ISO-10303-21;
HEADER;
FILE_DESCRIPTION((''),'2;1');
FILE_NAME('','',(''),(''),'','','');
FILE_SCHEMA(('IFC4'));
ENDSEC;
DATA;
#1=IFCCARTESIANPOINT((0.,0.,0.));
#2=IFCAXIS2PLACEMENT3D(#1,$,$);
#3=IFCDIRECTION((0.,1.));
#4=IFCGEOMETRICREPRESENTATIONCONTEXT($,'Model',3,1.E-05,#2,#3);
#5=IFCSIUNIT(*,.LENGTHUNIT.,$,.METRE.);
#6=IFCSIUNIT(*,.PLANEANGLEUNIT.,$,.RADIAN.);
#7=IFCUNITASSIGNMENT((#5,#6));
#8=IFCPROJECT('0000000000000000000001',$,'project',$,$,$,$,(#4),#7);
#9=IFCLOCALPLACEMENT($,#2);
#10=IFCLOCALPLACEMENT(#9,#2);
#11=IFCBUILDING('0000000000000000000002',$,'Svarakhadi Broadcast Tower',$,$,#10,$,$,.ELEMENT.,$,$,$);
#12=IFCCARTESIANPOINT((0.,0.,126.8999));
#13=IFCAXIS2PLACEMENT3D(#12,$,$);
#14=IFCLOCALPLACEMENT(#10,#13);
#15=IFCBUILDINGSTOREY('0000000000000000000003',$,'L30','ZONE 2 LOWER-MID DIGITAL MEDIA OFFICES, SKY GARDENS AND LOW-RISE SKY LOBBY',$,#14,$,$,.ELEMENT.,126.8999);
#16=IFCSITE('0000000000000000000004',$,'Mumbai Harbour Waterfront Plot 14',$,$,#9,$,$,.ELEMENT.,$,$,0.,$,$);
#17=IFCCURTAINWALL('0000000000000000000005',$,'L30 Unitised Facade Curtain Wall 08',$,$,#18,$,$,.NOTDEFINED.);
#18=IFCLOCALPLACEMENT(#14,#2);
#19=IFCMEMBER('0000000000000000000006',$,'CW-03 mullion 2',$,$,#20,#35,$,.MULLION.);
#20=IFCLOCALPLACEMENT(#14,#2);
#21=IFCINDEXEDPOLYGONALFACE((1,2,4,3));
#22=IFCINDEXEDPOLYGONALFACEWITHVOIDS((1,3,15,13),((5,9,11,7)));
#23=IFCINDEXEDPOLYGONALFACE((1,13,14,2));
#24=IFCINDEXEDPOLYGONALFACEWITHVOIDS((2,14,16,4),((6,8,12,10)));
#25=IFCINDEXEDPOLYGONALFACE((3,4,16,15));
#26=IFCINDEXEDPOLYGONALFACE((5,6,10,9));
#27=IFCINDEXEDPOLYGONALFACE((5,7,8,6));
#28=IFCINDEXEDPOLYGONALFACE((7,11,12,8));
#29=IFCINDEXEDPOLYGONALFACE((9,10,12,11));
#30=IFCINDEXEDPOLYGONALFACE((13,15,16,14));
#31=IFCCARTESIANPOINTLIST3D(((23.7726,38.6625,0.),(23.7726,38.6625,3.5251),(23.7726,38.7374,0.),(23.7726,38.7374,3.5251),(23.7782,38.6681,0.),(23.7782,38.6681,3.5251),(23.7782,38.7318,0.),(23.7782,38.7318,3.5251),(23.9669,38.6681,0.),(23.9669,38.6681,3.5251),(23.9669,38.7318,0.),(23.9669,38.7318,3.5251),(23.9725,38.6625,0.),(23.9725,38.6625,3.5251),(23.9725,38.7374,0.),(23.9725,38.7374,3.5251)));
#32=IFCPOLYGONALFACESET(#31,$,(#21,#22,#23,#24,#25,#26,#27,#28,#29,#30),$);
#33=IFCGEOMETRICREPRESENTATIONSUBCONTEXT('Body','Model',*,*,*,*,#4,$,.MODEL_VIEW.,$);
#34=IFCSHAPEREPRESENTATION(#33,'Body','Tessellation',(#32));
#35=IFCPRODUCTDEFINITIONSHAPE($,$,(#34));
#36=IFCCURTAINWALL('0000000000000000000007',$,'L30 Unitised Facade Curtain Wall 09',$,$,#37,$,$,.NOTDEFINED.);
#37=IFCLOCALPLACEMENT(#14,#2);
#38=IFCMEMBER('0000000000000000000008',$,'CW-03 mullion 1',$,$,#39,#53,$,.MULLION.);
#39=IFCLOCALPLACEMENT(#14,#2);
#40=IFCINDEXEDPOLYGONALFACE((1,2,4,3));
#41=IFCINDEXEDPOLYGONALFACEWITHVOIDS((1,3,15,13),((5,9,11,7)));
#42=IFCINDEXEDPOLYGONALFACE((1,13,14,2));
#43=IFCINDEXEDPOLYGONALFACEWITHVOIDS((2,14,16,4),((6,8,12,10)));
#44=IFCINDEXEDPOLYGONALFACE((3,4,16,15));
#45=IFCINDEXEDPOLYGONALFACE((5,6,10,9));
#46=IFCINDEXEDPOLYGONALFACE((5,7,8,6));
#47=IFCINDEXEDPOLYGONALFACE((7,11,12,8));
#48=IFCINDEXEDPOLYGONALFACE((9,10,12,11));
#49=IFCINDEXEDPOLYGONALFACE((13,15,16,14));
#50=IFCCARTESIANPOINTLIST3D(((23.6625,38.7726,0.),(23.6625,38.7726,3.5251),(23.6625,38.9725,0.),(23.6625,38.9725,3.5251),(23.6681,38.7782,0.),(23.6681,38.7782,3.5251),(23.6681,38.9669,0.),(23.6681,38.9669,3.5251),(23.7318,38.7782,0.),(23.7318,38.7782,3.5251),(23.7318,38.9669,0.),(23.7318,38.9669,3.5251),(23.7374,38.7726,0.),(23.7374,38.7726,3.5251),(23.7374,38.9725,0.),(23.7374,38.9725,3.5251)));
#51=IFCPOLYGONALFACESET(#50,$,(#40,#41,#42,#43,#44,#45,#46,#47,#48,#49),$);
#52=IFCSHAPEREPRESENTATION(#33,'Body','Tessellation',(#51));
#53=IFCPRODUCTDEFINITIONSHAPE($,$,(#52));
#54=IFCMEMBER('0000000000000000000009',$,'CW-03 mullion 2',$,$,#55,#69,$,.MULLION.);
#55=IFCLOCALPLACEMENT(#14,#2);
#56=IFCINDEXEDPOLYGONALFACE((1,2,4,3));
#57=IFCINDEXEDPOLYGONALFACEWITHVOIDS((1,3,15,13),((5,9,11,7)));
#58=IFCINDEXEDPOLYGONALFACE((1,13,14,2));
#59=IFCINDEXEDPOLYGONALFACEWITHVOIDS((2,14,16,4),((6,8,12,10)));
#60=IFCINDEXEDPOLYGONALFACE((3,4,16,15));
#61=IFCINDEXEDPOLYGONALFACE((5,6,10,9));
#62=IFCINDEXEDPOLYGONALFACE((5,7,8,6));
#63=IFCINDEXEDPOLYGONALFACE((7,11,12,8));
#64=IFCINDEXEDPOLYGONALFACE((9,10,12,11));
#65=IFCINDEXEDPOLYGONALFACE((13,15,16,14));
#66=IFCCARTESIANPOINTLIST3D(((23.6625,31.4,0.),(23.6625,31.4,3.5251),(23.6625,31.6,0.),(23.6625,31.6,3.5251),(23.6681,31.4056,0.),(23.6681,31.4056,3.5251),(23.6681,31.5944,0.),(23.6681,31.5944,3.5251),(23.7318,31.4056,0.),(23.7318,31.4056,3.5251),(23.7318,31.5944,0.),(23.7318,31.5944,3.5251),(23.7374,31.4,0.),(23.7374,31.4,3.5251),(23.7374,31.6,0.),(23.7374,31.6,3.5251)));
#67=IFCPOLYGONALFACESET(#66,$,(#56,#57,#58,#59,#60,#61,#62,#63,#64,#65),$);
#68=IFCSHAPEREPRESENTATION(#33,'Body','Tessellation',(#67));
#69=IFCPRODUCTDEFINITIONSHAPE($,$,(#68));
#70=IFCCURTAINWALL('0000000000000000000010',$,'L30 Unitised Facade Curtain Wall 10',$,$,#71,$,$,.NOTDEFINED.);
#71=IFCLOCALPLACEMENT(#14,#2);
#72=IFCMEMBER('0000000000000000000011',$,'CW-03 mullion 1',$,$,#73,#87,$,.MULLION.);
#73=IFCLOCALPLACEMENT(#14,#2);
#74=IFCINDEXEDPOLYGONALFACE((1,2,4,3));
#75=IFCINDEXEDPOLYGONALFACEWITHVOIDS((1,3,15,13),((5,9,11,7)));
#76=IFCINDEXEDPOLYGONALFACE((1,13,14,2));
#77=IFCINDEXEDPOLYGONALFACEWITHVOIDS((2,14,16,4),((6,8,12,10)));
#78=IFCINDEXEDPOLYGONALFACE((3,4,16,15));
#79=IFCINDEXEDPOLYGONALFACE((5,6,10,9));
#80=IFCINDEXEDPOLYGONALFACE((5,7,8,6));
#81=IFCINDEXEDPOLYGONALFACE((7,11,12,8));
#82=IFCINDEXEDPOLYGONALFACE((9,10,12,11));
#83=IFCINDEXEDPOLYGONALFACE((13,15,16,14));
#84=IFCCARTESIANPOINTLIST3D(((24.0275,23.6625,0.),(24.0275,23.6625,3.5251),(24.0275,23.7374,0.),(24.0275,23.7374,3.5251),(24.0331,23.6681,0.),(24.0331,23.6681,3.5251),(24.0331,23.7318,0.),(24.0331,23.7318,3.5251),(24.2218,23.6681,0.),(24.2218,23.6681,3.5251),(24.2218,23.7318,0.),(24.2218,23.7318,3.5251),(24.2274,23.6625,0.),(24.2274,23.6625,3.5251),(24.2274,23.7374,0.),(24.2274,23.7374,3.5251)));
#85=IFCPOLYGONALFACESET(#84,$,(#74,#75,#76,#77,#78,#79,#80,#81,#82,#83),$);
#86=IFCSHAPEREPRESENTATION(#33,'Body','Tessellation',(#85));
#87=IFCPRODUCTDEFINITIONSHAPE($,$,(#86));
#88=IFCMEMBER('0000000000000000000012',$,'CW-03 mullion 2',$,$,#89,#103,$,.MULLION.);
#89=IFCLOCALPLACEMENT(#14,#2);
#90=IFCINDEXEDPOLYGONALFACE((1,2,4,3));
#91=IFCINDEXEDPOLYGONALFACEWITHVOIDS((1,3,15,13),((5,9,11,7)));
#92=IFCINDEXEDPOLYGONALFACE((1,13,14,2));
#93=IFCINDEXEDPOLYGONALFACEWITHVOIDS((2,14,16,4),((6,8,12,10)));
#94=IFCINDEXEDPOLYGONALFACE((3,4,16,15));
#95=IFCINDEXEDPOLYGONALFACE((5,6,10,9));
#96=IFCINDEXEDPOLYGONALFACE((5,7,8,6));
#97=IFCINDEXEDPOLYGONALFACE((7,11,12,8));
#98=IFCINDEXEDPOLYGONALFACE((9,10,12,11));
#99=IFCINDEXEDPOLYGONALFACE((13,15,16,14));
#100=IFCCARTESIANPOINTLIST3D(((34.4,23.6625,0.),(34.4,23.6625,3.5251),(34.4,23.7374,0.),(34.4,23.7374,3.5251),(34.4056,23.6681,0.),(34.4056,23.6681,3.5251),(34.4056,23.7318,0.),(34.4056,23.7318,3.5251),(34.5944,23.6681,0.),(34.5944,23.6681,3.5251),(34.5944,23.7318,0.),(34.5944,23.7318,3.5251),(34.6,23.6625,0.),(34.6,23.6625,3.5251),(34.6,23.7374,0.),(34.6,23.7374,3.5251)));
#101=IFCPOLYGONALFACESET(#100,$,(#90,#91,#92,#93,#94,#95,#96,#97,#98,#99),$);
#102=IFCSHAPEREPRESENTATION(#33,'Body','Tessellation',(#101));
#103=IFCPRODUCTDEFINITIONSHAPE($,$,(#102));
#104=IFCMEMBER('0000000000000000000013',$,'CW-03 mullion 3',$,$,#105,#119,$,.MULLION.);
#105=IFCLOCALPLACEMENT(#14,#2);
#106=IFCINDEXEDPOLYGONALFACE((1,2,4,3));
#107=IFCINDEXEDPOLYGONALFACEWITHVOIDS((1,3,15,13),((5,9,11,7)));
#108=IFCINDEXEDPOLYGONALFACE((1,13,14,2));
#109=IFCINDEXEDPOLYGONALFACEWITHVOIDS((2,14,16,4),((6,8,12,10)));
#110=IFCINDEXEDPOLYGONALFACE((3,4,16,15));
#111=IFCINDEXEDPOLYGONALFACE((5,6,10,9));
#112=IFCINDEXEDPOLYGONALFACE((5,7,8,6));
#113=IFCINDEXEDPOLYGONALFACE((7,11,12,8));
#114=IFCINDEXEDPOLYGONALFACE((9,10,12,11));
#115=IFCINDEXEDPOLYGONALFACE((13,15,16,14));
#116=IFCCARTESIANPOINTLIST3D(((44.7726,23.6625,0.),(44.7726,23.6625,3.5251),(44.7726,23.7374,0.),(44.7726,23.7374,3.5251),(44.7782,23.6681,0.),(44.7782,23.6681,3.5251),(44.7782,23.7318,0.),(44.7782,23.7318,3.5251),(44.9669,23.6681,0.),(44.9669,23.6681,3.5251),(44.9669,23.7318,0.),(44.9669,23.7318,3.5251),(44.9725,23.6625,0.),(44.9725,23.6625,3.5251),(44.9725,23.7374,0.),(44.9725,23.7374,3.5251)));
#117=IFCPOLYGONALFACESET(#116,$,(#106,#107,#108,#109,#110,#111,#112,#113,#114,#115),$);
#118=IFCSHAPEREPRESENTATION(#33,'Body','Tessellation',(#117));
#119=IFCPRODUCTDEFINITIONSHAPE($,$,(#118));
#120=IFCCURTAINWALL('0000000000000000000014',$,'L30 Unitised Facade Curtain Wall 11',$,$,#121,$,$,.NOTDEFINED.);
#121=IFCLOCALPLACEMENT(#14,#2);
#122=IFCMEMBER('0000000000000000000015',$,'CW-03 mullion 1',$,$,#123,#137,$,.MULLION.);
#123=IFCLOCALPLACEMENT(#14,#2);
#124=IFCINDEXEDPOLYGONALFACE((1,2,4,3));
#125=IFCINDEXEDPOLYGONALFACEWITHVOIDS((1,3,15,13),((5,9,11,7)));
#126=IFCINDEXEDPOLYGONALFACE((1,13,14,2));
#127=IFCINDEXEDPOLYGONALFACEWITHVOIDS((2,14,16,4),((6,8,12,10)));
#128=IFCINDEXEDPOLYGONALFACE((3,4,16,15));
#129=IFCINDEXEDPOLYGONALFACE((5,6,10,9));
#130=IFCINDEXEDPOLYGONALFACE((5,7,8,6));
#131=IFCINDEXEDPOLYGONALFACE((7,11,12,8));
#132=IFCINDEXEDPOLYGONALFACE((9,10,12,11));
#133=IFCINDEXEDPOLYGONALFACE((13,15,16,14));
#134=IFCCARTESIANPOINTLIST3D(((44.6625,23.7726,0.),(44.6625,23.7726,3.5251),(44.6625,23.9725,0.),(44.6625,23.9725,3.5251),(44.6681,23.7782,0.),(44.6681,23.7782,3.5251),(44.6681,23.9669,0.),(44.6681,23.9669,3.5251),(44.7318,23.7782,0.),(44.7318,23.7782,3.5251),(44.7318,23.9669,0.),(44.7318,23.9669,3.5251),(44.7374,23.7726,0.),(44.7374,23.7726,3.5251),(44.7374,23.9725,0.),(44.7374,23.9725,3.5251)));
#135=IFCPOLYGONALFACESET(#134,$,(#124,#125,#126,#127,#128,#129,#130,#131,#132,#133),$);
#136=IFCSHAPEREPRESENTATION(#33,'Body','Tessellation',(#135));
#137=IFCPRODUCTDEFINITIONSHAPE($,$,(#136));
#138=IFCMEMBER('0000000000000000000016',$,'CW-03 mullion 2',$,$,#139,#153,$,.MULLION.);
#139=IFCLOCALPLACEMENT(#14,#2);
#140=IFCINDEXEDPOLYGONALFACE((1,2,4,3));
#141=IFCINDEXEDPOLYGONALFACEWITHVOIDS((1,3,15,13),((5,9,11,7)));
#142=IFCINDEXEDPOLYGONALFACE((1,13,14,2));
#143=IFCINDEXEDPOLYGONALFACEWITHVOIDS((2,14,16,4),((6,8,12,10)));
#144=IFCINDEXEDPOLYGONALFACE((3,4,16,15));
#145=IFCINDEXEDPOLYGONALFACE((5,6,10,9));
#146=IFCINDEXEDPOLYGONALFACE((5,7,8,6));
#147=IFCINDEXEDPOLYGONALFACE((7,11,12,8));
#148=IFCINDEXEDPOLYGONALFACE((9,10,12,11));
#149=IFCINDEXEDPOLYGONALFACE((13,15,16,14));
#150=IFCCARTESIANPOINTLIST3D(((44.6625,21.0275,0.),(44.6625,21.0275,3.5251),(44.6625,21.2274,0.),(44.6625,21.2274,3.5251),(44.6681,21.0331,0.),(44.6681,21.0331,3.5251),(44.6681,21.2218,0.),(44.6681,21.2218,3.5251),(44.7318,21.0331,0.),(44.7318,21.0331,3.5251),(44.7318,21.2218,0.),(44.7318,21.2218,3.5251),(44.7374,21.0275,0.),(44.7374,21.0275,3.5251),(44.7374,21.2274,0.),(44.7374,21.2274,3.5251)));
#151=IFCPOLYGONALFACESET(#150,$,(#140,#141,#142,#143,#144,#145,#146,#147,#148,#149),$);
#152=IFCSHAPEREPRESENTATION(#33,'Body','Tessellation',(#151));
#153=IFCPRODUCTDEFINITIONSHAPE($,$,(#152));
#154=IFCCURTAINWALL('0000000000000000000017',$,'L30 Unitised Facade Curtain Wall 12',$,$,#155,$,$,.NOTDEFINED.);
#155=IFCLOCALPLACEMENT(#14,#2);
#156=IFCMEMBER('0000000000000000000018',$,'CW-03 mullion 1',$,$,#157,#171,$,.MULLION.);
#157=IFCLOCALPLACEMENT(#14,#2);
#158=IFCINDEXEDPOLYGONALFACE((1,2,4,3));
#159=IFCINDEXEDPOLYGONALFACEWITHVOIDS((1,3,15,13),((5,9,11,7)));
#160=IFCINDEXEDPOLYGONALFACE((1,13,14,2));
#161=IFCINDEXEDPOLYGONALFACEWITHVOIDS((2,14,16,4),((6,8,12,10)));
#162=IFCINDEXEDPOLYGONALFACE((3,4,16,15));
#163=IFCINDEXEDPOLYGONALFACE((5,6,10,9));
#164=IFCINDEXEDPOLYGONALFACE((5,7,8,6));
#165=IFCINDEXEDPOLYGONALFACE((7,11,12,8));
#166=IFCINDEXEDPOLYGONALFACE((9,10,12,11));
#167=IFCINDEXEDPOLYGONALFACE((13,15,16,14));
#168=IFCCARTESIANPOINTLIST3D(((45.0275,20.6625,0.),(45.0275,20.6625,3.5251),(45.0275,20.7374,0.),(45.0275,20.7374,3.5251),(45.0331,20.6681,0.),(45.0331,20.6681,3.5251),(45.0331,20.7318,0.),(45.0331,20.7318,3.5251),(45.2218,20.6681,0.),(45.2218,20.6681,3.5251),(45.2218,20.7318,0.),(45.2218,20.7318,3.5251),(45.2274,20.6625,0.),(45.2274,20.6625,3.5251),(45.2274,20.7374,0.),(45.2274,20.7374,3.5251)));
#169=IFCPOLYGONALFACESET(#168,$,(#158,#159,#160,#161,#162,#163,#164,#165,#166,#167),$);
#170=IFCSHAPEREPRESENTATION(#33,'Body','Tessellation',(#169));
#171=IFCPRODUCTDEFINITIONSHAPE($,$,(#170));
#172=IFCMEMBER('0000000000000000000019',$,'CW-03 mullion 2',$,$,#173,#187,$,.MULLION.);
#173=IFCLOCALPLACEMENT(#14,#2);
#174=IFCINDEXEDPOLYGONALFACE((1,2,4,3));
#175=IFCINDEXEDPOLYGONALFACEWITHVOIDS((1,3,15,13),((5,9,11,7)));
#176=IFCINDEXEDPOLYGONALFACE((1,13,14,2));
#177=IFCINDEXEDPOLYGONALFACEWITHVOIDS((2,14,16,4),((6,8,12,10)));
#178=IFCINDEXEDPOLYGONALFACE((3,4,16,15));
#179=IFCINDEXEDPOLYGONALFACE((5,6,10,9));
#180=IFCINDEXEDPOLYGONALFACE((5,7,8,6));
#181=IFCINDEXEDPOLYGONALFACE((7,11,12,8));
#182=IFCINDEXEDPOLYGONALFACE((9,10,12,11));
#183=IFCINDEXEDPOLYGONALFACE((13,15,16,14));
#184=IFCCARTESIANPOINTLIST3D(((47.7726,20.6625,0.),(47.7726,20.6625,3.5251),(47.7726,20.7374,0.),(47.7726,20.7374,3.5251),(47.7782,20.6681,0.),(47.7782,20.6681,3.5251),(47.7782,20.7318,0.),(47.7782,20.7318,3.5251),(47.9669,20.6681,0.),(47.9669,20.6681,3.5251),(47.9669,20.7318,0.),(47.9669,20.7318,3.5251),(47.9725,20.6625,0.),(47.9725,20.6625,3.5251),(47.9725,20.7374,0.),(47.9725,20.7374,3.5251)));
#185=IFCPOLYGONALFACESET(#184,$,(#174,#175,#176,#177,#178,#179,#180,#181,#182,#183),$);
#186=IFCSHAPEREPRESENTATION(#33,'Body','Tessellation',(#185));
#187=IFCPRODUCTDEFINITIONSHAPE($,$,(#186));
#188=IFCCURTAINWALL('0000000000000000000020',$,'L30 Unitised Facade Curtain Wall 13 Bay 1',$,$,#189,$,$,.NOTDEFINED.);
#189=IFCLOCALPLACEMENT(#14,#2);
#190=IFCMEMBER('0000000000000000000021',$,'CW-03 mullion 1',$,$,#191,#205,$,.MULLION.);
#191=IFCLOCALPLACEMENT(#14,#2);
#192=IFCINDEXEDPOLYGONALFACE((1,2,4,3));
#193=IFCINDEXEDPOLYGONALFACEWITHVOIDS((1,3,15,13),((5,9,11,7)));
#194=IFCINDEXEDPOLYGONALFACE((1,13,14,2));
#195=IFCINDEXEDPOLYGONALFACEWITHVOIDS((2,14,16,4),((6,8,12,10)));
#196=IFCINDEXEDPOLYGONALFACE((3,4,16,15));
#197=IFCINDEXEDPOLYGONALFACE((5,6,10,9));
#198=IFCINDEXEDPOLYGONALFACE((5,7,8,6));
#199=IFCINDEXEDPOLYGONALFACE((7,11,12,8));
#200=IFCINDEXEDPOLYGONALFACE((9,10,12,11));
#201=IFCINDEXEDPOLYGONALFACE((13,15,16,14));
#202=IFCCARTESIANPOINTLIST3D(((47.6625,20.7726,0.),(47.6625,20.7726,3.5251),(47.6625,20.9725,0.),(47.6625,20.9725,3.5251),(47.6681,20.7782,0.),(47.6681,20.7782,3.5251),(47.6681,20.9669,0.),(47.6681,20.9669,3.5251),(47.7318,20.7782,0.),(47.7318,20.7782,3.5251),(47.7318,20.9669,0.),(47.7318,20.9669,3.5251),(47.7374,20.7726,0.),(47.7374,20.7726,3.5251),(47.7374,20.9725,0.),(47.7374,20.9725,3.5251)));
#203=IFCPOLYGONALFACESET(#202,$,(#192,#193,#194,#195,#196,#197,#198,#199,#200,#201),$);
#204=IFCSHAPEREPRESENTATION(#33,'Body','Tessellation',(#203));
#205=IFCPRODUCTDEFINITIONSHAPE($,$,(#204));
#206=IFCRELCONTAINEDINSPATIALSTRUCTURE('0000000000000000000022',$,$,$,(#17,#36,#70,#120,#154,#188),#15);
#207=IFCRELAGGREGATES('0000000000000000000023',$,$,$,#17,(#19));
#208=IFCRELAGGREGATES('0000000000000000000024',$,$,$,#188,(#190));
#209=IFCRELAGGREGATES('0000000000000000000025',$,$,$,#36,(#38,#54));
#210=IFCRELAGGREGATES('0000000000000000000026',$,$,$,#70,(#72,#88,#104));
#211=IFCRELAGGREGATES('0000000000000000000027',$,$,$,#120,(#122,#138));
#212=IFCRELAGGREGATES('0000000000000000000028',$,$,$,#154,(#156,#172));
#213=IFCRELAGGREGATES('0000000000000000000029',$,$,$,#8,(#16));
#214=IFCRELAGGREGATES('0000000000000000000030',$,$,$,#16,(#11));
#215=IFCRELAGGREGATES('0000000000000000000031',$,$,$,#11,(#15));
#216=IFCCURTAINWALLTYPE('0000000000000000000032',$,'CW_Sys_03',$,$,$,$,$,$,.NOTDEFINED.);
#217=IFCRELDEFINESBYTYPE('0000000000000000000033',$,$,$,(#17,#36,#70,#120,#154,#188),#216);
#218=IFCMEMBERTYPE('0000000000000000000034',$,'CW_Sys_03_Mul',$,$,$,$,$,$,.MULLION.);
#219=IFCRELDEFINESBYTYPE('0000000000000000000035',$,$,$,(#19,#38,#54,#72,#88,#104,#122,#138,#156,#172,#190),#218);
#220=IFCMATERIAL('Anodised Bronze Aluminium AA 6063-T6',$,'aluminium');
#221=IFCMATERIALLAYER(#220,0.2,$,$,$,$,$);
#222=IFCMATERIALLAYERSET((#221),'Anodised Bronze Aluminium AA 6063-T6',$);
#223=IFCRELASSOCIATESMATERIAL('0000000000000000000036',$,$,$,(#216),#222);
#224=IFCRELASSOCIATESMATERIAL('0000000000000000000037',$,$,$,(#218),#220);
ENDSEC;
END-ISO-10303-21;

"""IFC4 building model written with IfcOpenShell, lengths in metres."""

from ifc_helpers import new_model, si_unit, direction, frame, origin, origin_2d, place, context, subcontext, project, spatial, hollow_rectangle, extrude, material, layer, layer_set, material_profile, profile_set, type_object, element, aggregate, save


model = new_model("IFC4")

# Units and contexts
model_context = context("Model", 3, precision=1e-05, world=origin(), true_north=direction((0.0, 1.0)))
body_context = subcontext(model_context, "Body", "Model", "MODEL_VIEW")
ifc_project = project(units=[si_unit("LENGTHUNIT", "METRE"), si_unit("PLANEANGLEUNIT", "RADIAN")], contexts=[model_context])

# Site, building, storey
site_placement = place(None, origin())
site = spatial("IfcSite", under=ifc_project, at=site_placement, Name="Mumbai Harbour Waterfront Plot 14", CompositionType="ELEMENT", RefElevation=0.0)
building_placement = place(site_placement, origin())
building = spatial("IfcBuilding", under=site, at=building_placement, Name="Svarakhadi Broadcast Tower", CompositionType="ELEMENT")
storey_placement = place(building_placement, frame((0.0, 0.0, 126.8999)))
storey = spatial("IfcBuildingStorey", under=building, at=storey_placement, Name="L30", Description="ZONE 2 LOWER-MID DIGITAL MEDIA OFFICES, SKY GARDENS AND LOW-RISE SKY LOBBY", CompositionType="ELEMENT", Elevation=126.8999)

# Curtain wall, member
ifc_material_1 = material(Name="Anodised Bronze Aluminium AA 6063-T6", Category="aluminium")
ifc_layer_1 = layer(ifc_material_1, 0.2)
ifc_layer_set_1 = layer_set([ifc_layer_1], Name="Anodised Bronze Aluminium AA 6063-T6")
curtain_wall_type = type_object("IfcCurtainWallType", Name="CW_Sys_03", PredefinedType="NOTDEFINED", material=ifc_layer_set_1)
curtain_wall_1_placement = place(storey_placement, origin())
curtain_wall_1 = element("IfcCurtainWall", 1, at=curtain_wall_1_placement, inside=storey, type_object=curtain_wall_type, Name="L30 Unitised Facade Curtain Wall 08", PredefinedType="NOTDEFINED")
ifc_material_profile_1 = material_profile(ifc_material_1, hollow_rectangle(XDim=0.075, YDim=0.2, WallThickness=0.0056, at=origin_2d()), Name="ALU MULLION 200x75x6")
ifc_profile_set_1 = profile_set([ifc_material_profile_1], Name="Anodised Bronze Aluminium AA 6063-T6")
member_type_1 = type_object("IfcMemberType", Name="CW_Sys_03_Mul", PredefinedType="MULLION", material=ifc_profile_set_1)
member_1_placement = place(storey_placement, frame((23.8726, 38.7, 0.0), z_axis=(0.0, 0.0, 1.0), x_axis=(0.0, 1.0, 0.0)))
member_1 = element("IfcMember", 2, at=member_1_placement, type_object=member_type_1, Name="CW-03 mullion 2", PredefinedType="MULLION", context=body_context, shape_type="SweptSolid", body=[
    extrude(hollow_rectangle(XDim=0.075, YDim=0.2, WallThickness=0.0056, at=origin_2d()), origin(), (0.0, 0.0, 1.0), 3.5251),
])
aggregate(curtain_wall_1, [member_1])

# Curtain walls, members
curtain_wall_2_placement = place(storey_placement, origin())
curtain_wall_2 = element("IfcCurtainWall", 3, at=curtain_wall_2_placement, inside=storey, type_object=curtain_wall_type, Name="L30 Unitised Facade Curtain Wall 09", PredefinedType="NOTDEFINED")
member_2_placement = place(storey_placement, frame((23.7, 38.8726, 0.0), z_axis=(0.0, 0.0, 1.0), x_axis=(1.0, 0.0, 0.0)))
member_2 = element("IfcMember", 4, at=member_2_placement, type_object=member_type_1, Name="CW-03 mullion 1", PredefinedType="MULLION", context=body_context, shape_type="SweptSolid", body=[
    extrude(hollow_rectangle(XDim=0.075, YDim=0.2, WallThickness=0.0056, at=origin_2d()), origin(), (0.0, 0.0, 1.0), 3.5251),
])
member_3_placement = place(storey_placement, frame((23.7, 31.5, 0.0), z_axis=(0.0, 0.0, 1.0), x_axis=(1.0, 0.0, 0.0)))
member_3 = element("IfcMember", 5, at=member_3_placement, type_object=member_type_1, Name="CW-03 mullion 2", PredefinedType="MULLION", context=body_context, shape_type="SweptSolid", body=[
    extrude(hollow_rectangle(XDim=0.075, YDim=0.2, WallThickness=0.0056, at=origin_2d()), origin(), (0.0, 0.0, 1.0), 3.5251),
])
curtain_wall_3_placement = place(storey_placement, origin())
curtain_wall_3 = element("IfcCurtainWall", 6, at=curtain_wall_3_placement, inside=storey, type_object=curtain_wall_type, Name="L30 Unitised Facade Curtain Wall 10", PredefinedType="NOTDEFINED")
member_4_placement = place(storey_placement, frame((24.1274, 23.7, 0.0), z_axis=(0.0, 0.0, 1.0), x_axis=(0.0, 1.0, 0.0)))
member_4 = element("IfcMember", 7, at=member_4_placement, type_object=member_type_1, Name="CW-03 mullion 1", PredefinedType="MULLION", context=body_context, shape_type="SweptSolid", body=[
    extrude(hollow_rectangle(XDim=0.075, YDim=0.2, WallThickness=0.0056, at=origin_2d()), origin(), (0.0, 0.0, 1.0), 3.5251),
])
member_5_placement = place(storey_placement, frame((34.5, 23.7, 0.0), z_axis=(0.0, 0.0, 1.0), x_axis=(0.0, 1.0, 0.0)))
member_5 = element("IfcMember", 8, at=member_5_placement, type_object=member_type_1, Name="CW-03 mullion 2", PredefinedType="MULLION", context=body_context, shape_type="SweptSolid", body=[
    extrude(hollow_rectangle(XDim=0.075, YDim=0.2, WallThickness=0.0056, at=origin_2d()), origin(), (0.0, 0.0, 1.0), 3.5251),
])
member_6_placement = place(storey_placement, frame((44.8726, 23.7, 0.0), z_axis=(0.0, 0.0, 1.0), x_axis=(0.0, 1.0, 0.0)))
member_6 = element("IfcMember", 9, at=member_6_placement, type_object=member_type_1, Name="CW-03 mullion 3", PredefinedType="MULLION", context=body_context, shape_type="SweptSolid", body=[
    extrude(hollow_rectangle(XDim=0.075, YDim=0.2, WallThickness=0.0056, at=origin_2d()), origin(), (0.0, 0.0, 1.0), 3.5251),
])
curtain_wall_4_placement = place(storey_placement, origin())
curtain_wall_4 = element("IfcCurtainWall", 10, at=curtain_wall_4_placement, inside=storey, type_object=curtain_wall_type, Name="L30 Unitised Facade Curtain Wall 11", PredefinedType="NOTDEFINED")
member_7_placement = place(storey_placement, frame((44.7, 23.8726, 0.0), z_axis=(0.0, 0.0, 1.0), x_axis=(1.0, 0.0, 0.0)))
member_7 = element("IfcMember", 11, at=member_7_placement, type_object=member_type_1, Name="CW-03 mullion 1", PredefinedType="MULLION", context=body_context, shape_type="SweptSolid", body=[
    extrude(hollow_rectangle(XDim=0.075, YDim=0.2, WallThickness=0.0056, at=origin_2d()), origin(), (0.0, 0.0, 1.0), 3.5251),
])
member_8_placement = place(storey_placement, frame((44.7, 21.1274, 0.0), z_axis=(0.0, 0.0, 1.0), x_axis=(1.0, 0.0, 0.0)))
member_8 = element("IfcMember", 12, at=member_8_placement, type_object=member_type_1, Name="CW-03 mullion 2", PredefinedType="MULLION", context=body_context, shape_type="SweptSolid", body=[
    extrude(hollow_rectangle(XDim=0.075, YDim=0.2, WallThickness=0.0056, at=origin_2d()), origin(), (0.0, 0.0, 1.0), 3.5251),
])
curtain_wall_5_placement = place(storey_placement, origin())
curtain_wall_5 = element("IfcCurtainWall", 13, at=curtain_wall_5_placement, inside=storey, type_object=curtain_wall_type, Name="L30 Unitised Facade Curtain Wall 12", PredefinedType="NOTDEFINED")
member_9_placement = place(storey_placement, frame((45.1274, 20.7, 0.0), z_axis=(0.0, 0.0, 1.0), x_axis=(0.0, 1.0, 0.0)))
member_9 = element("IfcMember", 14, at=member_9_placement, type_object=member_type_1, Name="CW-03 mullion 1", PredefinedType="MULLION", context=body_context, shape_type="SweptSolid", body=[
    extrude(hollow_rectangle(XDim=0.075, YDim=0.2, WallThickness=0.0056, at=origin_2d()), origin(), (0.0, 0.0, 1.0), 3.5251),
])
member_10_placement = place(storey_placement, frame((47.8726, 20.7, 0.0), z_axis=(0.0, 0.0, 1.0), x_axis=(0.0, 1.0, 0.0)))
member_10 = element("IfcMember", 15, at=member_10_placement, type_object=member_type_1, Name="CW-03 mullion 2", PredefinedType="MULLION", context=body_context, shape_type="SweptSolid", body=[
    extrude(hollow_rectangle(XDim=0.075, YDim=0.2, WallThickness=0.0056, at=origin_2d()), origin(), (0.0, 0.0, 1.0), 3.5251),
])

# Curtain wall, member
curtain_wall_6_placement = place(storey_placement, origin())
curtain_wall_6 = element("IfcCurtainWall", 16, at=curtain_wall_6_placement, inside=storey, type_object=curtain_wall_type, Name="L30 Unitised Facade Curtain Wall 13 Bay 1", PredefinedType="NOTDEFINED")
member_11_placement = place(storey_placement, frame((47.7, 20.8726, 0.0), z_axis=(0.0, 0.0, 1.0), x_axis=(1.0, 0.0, 0.0)))
member_11 = element("IfcMember", 17, at=member_11_placement, type_object=member_type_1, Name="CW-03 mullion 1", PredefinedType="MULLION", context=body_context, shape_type="SweptSolid", body=[
    extrude(hollow_rectangle(XDim=0.075, YDim=0.2, WallThickness=0.0056, at=origin_2d()), origin(), (0.0, 0.0, 1.0), 3.5251),
])

aggregate(curtain_wall_6, [member_11])

aggregate(curtain_wall_2, [member_2, member_3])
aggregate(curtain_wall_3, [member_4, member_5, member_6])
aggregate(curtain_wall_4, [member_7, member_8])
aggregate(curtain_wall_5, [member_9, member_10])

save(model, "model.ifc")
